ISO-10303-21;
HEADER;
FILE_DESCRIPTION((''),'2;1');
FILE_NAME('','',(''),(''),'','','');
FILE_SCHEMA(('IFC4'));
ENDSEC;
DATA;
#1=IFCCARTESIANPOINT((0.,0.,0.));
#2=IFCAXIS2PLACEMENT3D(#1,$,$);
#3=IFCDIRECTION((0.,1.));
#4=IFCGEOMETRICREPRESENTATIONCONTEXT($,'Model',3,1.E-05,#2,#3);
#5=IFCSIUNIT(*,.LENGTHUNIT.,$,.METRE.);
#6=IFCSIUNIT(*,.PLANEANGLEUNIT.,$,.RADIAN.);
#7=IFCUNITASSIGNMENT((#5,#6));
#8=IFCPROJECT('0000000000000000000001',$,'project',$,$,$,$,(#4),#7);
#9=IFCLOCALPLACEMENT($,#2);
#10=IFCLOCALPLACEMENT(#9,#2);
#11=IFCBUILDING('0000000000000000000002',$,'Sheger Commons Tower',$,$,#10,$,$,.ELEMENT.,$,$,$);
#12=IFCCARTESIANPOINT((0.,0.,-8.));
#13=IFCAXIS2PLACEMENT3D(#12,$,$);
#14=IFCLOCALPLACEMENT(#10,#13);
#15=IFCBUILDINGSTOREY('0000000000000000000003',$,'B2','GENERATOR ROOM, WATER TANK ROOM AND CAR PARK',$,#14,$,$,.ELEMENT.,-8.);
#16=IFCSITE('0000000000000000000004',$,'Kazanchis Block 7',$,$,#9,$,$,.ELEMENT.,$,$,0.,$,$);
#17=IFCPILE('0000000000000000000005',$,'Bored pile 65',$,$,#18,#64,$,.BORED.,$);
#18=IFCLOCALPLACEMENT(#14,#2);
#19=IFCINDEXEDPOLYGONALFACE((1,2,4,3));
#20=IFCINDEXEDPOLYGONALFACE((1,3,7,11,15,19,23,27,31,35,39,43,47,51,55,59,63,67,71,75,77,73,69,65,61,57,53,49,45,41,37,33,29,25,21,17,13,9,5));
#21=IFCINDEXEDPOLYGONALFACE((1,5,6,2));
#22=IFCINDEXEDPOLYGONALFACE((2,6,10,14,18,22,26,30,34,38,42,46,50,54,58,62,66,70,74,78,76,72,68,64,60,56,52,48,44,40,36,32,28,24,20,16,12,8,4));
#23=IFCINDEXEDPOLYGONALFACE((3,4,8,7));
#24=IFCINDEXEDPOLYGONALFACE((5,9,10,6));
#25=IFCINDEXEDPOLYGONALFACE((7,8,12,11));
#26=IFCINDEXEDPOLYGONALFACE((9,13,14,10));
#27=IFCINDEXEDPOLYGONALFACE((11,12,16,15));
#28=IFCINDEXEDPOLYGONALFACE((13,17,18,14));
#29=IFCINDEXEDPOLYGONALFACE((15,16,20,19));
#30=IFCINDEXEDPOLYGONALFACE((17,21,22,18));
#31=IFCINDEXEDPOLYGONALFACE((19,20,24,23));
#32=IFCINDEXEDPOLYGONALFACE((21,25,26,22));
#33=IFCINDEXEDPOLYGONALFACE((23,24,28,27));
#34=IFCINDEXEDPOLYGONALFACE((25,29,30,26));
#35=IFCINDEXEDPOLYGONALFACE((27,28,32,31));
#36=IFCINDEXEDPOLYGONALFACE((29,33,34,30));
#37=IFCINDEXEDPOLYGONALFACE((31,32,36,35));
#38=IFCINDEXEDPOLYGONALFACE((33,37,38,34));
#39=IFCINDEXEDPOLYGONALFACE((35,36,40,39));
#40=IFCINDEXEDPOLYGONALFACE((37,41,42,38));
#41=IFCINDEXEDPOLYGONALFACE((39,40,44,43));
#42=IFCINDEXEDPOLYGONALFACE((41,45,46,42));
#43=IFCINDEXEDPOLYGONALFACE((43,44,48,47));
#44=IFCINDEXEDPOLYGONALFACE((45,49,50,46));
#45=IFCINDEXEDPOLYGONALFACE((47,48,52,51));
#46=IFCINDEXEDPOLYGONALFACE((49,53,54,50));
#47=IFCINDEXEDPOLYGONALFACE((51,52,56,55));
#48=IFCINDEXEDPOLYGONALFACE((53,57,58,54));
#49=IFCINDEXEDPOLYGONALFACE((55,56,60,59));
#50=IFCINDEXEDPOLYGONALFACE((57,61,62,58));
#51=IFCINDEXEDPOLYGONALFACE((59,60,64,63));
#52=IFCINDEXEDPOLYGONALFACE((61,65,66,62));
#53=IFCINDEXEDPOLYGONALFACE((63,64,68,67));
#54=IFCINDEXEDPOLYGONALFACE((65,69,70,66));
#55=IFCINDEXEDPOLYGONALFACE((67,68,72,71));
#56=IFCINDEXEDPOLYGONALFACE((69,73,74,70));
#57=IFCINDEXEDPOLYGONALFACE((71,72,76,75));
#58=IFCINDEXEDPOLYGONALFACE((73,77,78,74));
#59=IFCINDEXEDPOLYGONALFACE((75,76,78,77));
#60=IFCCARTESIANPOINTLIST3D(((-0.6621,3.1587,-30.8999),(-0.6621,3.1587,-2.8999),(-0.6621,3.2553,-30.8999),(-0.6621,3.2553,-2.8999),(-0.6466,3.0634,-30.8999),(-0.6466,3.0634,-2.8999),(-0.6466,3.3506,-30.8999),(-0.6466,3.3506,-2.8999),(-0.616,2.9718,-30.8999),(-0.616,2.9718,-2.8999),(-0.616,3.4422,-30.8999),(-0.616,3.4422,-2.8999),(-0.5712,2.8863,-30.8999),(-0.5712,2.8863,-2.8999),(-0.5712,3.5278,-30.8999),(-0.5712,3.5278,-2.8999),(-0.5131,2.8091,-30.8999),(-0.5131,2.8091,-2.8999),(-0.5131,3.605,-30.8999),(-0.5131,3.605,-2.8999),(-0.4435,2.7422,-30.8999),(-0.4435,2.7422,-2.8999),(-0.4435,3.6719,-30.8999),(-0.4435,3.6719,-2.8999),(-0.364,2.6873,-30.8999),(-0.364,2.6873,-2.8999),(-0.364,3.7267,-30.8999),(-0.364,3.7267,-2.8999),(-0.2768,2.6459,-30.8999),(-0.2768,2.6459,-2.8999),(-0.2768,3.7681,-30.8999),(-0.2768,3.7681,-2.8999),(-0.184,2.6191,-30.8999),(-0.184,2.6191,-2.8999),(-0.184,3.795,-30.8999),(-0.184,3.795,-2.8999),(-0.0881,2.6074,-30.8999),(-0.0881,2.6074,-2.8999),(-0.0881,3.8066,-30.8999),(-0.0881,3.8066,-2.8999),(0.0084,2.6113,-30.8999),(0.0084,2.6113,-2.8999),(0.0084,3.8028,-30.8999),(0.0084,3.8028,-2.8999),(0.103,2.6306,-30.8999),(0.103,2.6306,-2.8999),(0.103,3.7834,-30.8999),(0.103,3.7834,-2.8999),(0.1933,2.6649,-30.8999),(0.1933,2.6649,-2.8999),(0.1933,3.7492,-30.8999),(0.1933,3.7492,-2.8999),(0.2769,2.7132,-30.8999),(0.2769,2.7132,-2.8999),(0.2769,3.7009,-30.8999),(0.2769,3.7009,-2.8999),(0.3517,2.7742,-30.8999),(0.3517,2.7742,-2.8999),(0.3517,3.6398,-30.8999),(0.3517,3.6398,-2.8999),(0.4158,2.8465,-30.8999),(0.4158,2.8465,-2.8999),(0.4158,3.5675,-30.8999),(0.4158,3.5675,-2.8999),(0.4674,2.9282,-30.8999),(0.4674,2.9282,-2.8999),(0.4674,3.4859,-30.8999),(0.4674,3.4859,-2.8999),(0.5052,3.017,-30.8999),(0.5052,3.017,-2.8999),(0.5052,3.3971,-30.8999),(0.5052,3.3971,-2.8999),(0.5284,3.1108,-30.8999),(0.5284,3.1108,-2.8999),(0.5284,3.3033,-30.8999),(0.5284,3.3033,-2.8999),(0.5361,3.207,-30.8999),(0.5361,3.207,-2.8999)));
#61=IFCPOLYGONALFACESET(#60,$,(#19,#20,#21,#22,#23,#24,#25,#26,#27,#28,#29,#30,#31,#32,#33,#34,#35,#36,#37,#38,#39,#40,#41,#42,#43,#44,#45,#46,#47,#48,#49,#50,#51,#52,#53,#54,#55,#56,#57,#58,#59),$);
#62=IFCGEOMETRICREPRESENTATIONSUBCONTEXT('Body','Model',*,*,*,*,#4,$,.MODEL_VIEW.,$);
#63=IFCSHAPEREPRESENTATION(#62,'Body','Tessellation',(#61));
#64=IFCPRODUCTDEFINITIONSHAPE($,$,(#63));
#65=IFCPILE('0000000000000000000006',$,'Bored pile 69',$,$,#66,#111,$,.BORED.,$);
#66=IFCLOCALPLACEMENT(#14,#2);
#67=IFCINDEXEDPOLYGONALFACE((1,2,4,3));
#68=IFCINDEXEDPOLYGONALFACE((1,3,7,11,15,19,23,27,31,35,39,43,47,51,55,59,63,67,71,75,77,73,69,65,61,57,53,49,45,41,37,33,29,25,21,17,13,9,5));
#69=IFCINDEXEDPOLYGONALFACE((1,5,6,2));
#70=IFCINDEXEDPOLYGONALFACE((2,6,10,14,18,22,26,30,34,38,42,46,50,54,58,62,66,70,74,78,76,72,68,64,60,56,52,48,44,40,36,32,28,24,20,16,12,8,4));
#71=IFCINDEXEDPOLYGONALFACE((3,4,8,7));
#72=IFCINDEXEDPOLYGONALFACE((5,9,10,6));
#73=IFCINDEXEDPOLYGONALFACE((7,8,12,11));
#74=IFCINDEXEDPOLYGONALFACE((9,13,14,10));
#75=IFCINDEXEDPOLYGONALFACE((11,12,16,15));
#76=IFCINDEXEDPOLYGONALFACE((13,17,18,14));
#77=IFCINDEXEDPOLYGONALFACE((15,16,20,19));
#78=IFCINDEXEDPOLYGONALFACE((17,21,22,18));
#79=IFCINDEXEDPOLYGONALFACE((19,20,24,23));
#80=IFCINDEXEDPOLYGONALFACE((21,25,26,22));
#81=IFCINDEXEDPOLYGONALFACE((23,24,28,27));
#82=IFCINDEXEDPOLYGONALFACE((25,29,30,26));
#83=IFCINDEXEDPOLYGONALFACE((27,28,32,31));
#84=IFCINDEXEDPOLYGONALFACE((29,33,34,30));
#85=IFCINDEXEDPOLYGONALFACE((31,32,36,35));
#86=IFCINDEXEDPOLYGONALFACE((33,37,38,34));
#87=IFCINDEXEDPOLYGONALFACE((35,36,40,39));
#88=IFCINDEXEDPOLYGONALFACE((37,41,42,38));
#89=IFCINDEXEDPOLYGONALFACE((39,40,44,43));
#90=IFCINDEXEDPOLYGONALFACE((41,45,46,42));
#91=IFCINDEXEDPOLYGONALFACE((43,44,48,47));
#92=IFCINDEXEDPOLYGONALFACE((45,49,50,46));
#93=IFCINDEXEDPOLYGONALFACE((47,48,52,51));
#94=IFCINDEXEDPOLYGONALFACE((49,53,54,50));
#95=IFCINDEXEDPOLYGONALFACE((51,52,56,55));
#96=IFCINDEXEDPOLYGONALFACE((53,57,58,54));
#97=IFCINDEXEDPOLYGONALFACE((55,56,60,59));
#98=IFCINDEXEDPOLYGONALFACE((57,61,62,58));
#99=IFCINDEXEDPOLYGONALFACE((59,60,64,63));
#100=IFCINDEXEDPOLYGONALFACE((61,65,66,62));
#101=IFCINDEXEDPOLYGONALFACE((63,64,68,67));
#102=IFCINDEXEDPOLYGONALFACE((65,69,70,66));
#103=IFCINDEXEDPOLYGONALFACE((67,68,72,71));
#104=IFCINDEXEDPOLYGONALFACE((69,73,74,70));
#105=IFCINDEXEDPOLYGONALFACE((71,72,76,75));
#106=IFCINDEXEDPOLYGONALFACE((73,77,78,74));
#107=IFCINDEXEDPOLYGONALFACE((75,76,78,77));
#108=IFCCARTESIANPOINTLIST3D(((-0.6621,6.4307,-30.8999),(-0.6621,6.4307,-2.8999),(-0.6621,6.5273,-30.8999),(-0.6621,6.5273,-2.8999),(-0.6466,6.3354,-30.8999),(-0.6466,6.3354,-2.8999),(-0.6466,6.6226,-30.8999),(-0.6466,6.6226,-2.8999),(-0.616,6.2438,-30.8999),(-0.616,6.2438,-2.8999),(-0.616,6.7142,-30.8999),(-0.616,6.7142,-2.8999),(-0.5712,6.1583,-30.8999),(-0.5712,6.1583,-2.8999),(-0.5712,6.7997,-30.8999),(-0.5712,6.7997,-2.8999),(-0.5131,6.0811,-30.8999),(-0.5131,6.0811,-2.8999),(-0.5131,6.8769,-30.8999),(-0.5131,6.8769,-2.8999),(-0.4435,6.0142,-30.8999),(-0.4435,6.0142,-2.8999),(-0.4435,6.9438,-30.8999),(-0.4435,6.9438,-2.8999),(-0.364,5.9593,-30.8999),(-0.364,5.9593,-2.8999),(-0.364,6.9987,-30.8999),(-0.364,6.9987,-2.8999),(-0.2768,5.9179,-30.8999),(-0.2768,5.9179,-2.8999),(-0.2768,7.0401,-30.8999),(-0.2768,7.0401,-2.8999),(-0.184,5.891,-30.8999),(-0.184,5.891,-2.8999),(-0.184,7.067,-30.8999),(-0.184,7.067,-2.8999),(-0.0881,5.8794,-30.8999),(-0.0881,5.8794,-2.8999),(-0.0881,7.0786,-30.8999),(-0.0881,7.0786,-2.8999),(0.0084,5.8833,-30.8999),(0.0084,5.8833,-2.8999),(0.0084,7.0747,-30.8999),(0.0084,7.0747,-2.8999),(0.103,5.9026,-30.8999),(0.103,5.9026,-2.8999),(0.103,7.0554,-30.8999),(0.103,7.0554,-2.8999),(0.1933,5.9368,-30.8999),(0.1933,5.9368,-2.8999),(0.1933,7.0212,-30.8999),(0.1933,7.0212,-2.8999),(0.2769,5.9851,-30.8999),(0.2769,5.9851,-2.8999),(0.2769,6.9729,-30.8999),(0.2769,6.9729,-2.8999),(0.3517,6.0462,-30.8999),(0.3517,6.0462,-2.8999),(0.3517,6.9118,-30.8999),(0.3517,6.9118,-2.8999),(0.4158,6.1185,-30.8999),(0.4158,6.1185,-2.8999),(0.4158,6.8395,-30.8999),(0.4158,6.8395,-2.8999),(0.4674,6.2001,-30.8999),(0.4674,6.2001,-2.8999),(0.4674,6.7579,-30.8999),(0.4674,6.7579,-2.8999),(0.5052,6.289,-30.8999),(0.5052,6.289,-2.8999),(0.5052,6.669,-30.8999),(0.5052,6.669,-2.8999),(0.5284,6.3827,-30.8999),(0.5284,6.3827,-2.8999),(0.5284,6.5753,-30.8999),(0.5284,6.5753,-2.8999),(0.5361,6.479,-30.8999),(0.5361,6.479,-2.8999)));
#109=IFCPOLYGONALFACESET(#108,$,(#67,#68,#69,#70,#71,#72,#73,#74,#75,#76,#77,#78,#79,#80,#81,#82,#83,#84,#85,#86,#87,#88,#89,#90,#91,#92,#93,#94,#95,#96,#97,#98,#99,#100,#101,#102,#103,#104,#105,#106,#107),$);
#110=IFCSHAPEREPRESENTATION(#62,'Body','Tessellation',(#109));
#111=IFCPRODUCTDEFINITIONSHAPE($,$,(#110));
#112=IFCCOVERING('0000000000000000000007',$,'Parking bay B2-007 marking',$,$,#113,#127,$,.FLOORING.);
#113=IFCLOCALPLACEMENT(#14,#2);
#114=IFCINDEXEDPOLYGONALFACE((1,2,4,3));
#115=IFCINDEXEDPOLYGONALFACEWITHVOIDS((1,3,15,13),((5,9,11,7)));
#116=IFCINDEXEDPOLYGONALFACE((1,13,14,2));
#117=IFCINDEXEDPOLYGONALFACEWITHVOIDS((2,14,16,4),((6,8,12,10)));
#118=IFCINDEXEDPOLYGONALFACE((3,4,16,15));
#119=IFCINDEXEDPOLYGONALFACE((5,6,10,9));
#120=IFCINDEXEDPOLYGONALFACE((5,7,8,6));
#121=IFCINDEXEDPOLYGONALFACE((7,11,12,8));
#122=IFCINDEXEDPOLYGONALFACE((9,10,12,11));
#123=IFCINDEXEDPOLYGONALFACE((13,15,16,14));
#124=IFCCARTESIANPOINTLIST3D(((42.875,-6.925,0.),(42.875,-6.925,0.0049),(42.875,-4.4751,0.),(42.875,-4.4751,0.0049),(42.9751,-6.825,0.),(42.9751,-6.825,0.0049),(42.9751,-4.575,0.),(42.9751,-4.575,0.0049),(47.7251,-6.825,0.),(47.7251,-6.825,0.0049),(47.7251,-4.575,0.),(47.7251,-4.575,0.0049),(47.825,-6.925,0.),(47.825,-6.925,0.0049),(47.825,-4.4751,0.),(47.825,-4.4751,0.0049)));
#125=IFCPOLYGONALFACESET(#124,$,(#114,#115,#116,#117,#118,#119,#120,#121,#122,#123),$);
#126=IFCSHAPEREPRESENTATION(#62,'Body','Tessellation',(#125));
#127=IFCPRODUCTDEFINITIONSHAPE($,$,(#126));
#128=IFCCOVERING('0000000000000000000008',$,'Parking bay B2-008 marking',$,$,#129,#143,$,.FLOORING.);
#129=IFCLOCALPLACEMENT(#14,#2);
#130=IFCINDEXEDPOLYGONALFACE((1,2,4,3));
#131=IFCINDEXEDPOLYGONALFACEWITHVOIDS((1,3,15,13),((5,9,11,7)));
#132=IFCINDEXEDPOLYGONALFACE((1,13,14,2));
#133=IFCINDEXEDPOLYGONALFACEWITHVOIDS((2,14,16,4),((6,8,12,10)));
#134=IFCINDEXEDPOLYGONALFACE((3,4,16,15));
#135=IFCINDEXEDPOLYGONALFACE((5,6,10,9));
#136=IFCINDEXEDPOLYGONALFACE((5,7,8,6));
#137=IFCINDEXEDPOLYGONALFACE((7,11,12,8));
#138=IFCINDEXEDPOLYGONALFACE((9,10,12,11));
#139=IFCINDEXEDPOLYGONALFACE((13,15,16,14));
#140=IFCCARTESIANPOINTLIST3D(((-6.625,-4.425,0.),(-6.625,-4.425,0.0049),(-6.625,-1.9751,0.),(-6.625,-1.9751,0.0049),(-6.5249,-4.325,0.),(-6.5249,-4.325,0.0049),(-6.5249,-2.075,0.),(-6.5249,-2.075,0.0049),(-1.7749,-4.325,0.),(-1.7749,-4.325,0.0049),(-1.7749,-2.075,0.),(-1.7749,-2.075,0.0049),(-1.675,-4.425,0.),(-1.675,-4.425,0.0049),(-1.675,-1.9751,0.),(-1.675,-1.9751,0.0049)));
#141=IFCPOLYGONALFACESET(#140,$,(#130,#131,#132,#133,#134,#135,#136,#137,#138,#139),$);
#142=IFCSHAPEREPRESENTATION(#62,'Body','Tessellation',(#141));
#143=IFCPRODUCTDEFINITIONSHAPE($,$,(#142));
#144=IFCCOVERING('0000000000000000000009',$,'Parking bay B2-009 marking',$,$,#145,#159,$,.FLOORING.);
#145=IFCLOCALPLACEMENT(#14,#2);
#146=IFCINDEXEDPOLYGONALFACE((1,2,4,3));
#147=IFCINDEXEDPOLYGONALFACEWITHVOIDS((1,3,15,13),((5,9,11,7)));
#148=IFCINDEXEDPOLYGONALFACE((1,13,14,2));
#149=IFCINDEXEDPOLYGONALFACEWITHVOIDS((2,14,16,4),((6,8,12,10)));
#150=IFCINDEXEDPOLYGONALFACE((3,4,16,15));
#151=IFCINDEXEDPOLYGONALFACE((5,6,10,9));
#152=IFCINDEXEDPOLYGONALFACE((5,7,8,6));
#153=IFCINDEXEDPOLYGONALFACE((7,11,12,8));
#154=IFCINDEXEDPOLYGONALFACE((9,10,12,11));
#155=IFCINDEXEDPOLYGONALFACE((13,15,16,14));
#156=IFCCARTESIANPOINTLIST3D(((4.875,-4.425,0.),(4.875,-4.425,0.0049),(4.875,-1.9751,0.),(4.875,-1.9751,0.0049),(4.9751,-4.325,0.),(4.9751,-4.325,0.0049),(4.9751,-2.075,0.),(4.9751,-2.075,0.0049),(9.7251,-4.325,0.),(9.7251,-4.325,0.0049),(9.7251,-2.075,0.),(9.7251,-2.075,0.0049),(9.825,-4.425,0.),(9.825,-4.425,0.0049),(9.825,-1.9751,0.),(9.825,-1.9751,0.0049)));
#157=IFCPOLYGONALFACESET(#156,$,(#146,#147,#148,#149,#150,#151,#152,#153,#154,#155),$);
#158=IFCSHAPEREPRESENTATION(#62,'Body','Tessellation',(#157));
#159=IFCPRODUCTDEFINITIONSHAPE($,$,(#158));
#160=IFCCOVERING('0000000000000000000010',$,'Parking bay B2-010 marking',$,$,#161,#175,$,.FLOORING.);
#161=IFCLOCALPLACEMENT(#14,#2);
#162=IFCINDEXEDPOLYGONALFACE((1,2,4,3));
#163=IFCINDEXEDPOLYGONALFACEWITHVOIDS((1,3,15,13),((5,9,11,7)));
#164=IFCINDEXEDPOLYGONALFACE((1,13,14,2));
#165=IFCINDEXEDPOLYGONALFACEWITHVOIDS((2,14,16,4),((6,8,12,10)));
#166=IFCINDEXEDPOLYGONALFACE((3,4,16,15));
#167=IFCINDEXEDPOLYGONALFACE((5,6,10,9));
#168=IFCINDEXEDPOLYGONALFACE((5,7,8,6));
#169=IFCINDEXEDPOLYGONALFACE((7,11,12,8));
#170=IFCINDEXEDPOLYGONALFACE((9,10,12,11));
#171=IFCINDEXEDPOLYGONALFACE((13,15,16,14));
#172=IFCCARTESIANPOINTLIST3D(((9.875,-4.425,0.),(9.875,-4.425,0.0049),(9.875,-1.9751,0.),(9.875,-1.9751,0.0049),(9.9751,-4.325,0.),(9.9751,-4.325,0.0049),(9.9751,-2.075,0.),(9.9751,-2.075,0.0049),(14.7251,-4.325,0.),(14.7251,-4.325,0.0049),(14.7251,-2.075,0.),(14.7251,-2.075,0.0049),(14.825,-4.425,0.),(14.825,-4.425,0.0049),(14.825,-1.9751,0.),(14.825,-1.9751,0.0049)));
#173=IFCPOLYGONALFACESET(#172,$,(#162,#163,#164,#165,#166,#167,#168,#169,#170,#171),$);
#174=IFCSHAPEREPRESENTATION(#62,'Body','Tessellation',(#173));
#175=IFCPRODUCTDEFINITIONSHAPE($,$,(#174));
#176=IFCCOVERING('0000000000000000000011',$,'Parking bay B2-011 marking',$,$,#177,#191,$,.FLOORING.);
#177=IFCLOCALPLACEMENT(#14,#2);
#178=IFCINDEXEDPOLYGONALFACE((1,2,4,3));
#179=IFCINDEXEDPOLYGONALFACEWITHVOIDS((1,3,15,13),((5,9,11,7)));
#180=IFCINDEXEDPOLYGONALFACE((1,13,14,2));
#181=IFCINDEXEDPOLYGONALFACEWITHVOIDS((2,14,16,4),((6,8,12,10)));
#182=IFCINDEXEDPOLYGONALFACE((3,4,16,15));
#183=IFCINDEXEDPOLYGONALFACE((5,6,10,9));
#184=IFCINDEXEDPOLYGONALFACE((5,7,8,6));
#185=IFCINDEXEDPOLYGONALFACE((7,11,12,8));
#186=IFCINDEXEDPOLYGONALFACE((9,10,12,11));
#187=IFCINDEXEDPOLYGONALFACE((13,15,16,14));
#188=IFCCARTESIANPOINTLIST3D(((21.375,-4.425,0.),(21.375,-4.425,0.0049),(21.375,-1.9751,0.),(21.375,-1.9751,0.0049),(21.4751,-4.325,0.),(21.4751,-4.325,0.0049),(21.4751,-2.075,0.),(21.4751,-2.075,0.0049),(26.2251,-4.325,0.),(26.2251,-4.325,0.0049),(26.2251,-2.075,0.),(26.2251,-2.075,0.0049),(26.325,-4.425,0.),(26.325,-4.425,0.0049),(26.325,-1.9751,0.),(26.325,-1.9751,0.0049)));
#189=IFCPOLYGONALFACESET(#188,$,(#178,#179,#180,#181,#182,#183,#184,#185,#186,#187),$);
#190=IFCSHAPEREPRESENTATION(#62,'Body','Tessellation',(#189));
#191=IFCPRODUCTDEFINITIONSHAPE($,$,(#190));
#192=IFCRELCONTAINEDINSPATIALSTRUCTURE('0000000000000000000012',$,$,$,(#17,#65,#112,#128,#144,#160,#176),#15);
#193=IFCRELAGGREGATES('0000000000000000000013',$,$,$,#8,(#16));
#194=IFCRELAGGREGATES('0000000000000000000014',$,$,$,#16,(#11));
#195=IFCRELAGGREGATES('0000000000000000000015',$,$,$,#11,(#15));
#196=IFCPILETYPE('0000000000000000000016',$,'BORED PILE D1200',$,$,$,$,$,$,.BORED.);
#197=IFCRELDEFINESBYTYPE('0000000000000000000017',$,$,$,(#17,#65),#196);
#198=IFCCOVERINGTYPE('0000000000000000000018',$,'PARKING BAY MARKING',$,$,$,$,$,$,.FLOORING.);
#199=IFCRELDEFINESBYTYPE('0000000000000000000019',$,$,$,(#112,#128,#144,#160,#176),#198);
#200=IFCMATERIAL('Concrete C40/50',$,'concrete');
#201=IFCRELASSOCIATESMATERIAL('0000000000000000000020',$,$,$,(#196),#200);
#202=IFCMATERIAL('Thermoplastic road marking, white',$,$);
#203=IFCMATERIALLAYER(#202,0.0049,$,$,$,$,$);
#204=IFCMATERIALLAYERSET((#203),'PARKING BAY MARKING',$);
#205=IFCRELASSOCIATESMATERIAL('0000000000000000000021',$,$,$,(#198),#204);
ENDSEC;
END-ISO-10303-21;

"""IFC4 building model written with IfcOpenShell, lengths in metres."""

from ifc_helpers import new_model, si_unit, direction, frame, origin, origin_2d, place, context, subcontext, project, spatial, polyline, circle, outline, extrude, material, layer, layer_set, material_profile, profile_set, type_object, element, save


model = new_model("IFC4")

# Units and contexts
model_context = context("Model", 3, precision=1e-05, world=origin(), true_north=direction((0.0, 1.0)))
body_context = subcontext(model_context, "Body", "Model", "MODEL_VIEW")
ifc_project = project(units=[si_unit("LENGTHUNIT", "METRE"), si_unit("PLANEANGLEUNIT", "RADIAN")], contexts=[model_context])

# Site, building, storey
site_placement = place(None, origin())
site = spatial("IfcSite", under=ifc_project, at=site_placement, Name="Kazanchis Block 7", CompositionType="ELEMENT", RefElevation=0.0)
building_placement = place(site_placement, origin())
building = spatial("IfcBuilding", under=site, at=building_placement, Name="Sheger Commons Tower", CompositionType="ELEMENT")
storey_placement = place(building_placement, frame((0.0, 0.0, -8.0)))
storey = spatial("IfcBuildingStorey", under=building, at=storey_placement, Name="B2", Description="GENERATOR ROOM, WATER TANK ROOM AND CAR PARK", CompositionType="ELEMENT", Elevation=-8.0)

# Piles
ifc_material_1 = material(Name="Concrete C40/50", Category="concrete")
ifc_material_profile = material_profile(ifc_material_1, circle(Radius=0.6001, at=origin_2d()), Name="PILE D1200")
ifc_profile_set = profile_set([ifc_material_profile], Name="Concrete C40/50")
pile_type = type_object("IfcPileType", Name="BORED PILE D1200", PredefinedType="BORED", material=ifc_profile_set)
for number, where, z_axis, x_axis, name in (
    (1, (-0.064, 3.207, -2.8999), (0.0, 0.0, -1.0), (1.0, 0.0, 0.0), "Bored pile 65"),
    (2, (-0.064, 6.479, -2.8999), (0.0, 0.0, -1.0), (1.0, 0.0, 0.0), "Bored pile 69"),
):
    element("IfcPile", number, at=place(storey_placement, frame(where, z_axis=z_axis, x_axis=x_axis)), inside=storey, type_object=pile_type, Name=name, PredefinedType="BORED", context=body_context, shape_type="SweptSolid", body=[
        extrude(circle(Radius=0.6001, at=origin_2d()), origin(), (0.0, 0.0, 1.0), 28.0),
    ])

# Coverings
ifc_material_2 = material(Name="Thermoplastic road marking, white")
ifc_layer = layer(ifc_material_2, 0.0049)
ifc_layer_set = layer_set([ifc_layer], Name="PARKING BAY MARKING")
covering_type = type_object("IfcCoveringType", Name="PARKING BAY MARKING", PredefinedType="FLOORING", material=ifc_layer_set)
covering_1_placement = place(storey_placement, origin())
element("IfcCovering", 3, at=covering_1_placement, inside=storey, type_object=covering_type, Name="Parking bay B2-007 marking", PredefinedType="FLOORING", context=body_context, shape_type="SweptSolid", body=[
    extrude(outline(polyline([(42.875, -6.925), (47.825, -6.925), (47.825, -4.4751), (42.875, -4.4751), (42.875, -6.925)]), holes=[polyline([(47.7251, -4.575), (47.7251, -6.825), (42.9751, -6.825), (42.9751, -4.575), (47.7251, -4.575)])]), origin(), (0.0, 0.0, 1.0), 0.0049),
])
covering_2_placement = place(storey_placement, origin())
element("IfcCovering", 4, at=covering_2_placement, inside=storey, type_object=covering_type, Name="Parking bay B2-008 marking", PredefinedType="FLOORING", context=body_context, shape_type="SweptSolid", body=[
    extrude(outline(polyline([(-6.625, -4.425), (-1.675, -4.425), (-1.675, -1.9751), (-6.625, -1.9751), (-6.625, -4.425)]), holes=[polyline([(-1.7749, -2.075), (-1.7749, -4.325), (-6.5249, -4.325), (-6.5249, -2.075), (-1.7749, -2.075)])]), origin(), (0.0, 0.0, 1.0), 0.0049),
])
covering_3_placement = place(storey_placement, origin())
element("IfcCovering", 5, at=covering_3_placement, inside=storey, type_object=covering_type, Name="Parking bay B2-009 marking", PredefinedType="FLOORING", context=body_context, shape_type="SweptSolid", body=[
    extrude(outline(polyline([(4.875, -4.425), (9.825, -4.425), (9.825, -1.9751), (4.875, -1.9751), (4.875, -4.425)]), holes=[polyline([(9.7251, -2.075), (9.7251, -4.325), (4.9751, -4.325), (4.9751, -2.075), (9.7251, -2.075)])]), origin(), (0.0, 0.0, 1.0), 0.0049),
])
covering_4_placement = place(storey_placement, origin())
element("IfcCovering", 6, at=covering_4_placement, inside=storey, type_object=covering_type, Name="Parking bay B2-010 marking", PredefinedType="FLOORING", context=body_context, shape_type="SweptSolid", body=[
    extrude(outline(polyline([(9.875, -4.425), (14.825, -4.425), (14.825, -1.9751), (9.875, -1.9751), (9.875, -4.425)]), holes=[polyline([(14.7251, -2.075), (14.7251, -4.325), (9.9751, -4.325), (9.9751, -2.075), (14.7251, -2.075)])]), origin(), (0.0, 0.0, 1.0), 0.0049),
])
covering_5_placement = place(storey_placement, origin())
element("IfcCovering", 7, at=covering_5_placement, inside=storey, type_object=covering_type, Name="Parking bay B2-011 marking", PredefinedType="FLOORING", context=body_context, shape_type="SweptSolid", body=[
    extrude(outline(polyline([(21.375, -4.425), (26.325, -4.425), (26.325, -1.9751), (21.375, -1.9751), (21.375, -4.425)]), holes=[polyline([(26.2251, -2.075), (26.2251, -4.325), (21.4751, -4.325), (21.4751, -2.075), (26.2251, -2.075)])]), origin(), (0.0, 0.0, 1.0), 0.0049),
])

save(model, "model.ifc")
